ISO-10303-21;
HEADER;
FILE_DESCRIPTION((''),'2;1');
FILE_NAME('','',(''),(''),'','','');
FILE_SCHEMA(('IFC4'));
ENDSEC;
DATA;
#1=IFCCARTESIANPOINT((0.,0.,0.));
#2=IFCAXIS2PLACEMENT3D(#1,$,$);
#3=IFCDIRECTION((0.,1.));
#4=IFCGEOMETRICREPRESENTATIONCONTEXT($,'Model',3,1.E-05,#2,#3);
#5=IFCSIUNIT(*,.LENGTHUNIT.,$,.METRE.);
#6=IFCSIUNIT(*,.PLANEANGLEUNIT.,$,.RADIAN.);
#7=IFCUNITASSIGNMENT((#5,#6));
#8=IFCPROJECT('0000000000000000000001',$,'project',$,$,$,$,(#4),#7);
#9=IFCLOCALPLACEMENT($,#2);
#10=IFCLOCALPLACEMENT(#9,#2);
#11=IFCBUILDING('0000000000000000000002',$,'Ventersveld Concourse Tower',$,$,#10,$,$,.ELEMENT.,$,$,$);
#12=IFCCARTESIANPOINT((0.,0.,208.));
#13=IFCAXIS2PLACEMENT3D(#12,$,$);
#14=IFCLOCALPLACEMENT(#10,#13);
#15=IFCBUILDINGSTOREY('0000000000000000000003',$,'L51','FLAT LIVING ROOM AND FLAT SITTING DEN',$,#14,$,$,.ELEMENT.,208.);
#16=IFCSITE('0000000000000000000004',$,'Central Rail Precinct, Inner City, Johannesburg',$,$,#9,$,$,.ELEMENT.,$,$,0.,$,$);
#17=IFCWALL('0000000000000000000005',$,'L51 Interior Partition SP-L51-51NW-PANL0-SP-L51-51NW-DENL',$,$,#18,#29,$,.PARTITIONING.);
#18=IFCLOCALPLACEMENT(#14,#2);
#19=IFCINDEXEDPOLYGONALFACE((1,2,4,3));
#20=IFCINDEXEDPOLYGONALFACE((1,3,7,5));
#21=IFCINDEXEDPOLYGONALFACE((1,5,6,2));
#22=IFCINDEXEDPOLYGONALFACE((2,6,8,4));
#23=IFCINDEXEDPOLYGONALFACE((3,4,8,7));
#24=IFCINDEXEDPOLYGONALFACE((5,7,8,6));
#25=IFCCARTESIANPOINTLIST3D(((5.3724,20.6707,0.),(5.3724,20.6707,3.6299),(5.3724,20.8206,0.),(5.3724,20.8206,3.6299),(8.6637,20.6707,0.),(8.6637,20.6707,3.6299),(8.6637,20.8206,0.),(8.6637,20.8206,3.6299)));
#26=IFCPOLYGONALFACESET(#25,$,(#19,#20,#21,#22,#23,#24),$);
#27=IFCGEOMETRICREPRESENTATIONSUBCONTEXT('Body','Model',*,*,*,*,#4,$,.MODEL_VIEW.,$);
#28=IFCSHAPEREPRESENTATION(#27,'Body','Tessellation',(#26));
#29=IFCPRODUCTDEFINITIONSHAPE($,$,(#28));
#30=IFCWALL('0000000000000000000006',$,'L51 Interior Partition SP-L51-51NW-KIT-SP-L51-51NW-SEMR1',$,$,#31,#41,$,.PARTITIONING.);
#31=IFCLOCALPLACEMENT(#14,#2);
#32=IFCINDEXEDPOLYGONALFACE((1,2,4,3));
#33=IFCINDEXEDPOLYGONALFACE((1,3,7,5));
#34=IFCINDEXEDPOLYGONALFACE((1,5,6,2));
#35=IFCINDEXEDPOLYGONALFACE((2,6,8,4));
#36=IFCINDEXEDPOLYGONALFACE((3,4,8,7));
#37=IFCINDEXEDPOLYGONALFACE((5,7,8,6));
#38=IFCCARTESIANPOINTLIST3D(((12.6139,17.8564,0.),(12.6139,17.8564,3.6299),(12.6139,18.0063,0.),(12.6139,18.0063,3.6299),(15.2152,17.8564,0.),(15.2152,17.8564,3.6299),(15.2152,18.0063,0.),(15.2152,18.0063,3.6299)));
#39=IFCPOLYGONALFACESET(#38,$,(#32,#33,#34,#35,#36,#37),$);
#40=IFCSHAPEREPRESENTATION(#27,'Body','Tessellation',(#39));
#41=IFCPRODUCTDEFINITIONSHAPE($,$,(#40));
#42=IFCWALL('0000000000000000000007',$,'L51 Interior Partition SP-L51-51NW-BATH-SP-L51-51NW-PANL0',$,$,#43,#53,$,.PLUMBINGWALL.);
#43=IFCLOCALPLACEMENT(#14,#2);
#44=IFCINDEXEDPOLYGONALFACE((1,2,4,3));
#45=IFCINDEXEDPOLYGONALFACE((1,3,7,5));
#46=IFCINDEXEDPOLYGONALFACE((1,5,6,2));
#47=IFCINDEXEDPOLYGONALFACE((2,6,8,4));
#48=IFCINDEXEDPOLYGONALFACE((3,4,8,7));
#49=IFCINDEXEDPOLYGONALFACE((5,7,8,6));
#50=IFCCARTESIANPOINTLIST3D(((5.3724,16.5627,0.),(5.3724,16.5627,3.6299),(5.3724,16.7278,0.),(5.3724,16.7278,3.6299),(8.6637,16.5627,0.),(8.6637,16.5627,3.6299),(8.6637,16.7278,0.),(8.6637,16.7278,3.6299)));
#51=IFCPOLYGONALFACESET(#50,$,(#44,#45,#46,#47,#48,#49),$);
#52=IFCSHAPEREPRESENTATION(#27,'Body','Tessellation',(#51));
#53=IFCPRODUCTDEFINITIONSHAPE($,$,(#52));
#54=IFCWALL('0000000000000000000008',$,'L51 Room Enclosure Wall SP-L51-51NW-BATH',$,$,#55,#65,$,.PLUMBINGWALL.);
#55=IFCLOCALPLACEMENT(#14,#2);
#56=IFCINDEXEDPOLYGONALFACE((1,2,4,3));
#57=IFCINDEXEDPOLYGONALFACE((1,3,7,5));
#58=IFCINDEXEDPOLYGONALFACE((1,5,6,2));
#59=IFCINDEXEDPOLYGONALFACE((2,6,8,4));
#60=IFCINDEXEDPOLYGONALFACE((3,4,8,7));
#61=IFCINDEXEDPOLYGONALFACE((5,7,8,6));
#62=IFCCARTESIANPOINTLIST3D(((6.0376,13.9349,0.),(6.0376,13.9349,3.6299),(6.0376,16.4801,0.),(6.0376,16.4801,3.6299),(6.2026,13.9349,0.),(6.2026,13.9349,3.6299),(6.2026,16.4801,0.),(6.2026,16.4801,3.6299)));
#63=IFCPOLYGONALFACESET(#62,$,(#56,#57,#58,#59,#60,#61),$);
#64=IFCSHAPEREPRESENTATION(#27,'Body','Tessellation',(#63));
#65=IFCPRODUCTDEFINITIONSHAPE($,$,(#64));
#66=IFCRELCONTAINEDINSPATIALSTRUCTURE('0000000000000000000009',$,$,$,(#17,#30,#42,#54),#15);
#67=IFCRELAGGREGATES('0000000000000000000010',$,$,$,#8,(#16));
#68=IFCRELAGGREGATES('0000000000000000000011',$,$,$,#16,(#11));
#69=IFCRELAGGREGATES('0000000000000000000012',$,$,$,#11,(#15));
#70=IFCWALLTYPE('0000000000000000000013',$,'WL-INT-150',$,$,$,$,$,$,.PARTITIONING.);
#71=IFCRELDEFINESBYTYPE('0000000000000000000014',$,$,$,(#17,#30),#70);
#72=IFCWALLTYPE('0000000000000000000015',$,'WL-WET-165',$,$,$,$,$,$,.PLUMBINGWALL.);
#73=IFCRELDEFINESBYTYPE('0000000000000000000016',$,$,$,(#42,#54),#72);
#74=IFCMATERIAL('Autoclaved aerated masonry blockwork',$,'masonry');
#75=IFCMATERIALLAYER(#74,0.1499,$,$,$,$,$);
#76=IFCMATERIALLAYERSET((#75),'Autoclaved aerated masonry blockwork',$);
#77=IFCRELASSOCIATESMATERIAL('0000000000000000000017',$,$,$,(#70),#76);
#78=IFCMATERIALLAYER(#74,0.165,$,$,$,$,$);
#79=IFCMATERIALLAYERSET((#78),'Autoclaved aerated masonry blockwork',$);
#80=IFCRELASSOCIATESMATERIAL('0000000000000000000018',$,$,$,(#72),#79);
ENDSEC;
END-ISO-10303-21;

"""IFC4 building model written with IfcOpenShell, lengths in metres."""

from ifc_helpers import new_model, si_unit, direction, frame, frame_2d, origin, place, context, subcontext, project, spatial, rectangle, extrude, material, layer, layer_set, type_object, element, save


model = new_model("IFC4")

# Units and contexts
model_context = context("Model", 3, precision=1e-05, world=origin(), true_north=direction((0.0, 1.0)))
body_context = subcontext(model_context, "Body", "Model", "MODEL_VIEW")
ifc_project = project(units=[si_unit("LENGTHUNIT", "METRE"), si_unit("PLANEANGLEUNIT", "RADIAN")], contexts=[model_context])

# Site, building, storey
site_placement = place(None, origin())
site = spatial("IfcSite", under=ifc_project, at=site_placement, Name="Central Rail Precinct, Inner City, Johannesburg", CompositionType="ELEMENT", RefElevation=0.0)
building_placement = place(site_placement, origin())
building = spatial("IfcBuilding", under=site, at=building_placement, Name="Ventersveld Concourse Tower", CompositionType="ELEMENT")
storey_placement = place(building_placement, frame((0.0, 0.0, 208.0)))
storey = spatial("IfcBuildingStorey", under=building, at=storey_placement, Name="L51", Description="FLAT LIVING ROOM AND FLAT SITTING DEN", CompositionType="ELEMENT", Elevation=208.0)

# Shared definitions
ifc_material_1 = material(Name="Autoclaved aerated masonry blockwork", Category="masonry")
ifc_layer_1 = layer(ifc_material_1, 0.1499)
ifc_layer_set_1 = layer_set([ifc_layer_1], Name="Autoclaved aerated masonry blockwork")
wall_type_1 = type_object("IfcWallType", Name="WL-INT-150", PredefinedType="PARTITIONING", material=ifc_layer_set_1)

# Walls
wall_1_placement = place(storey_placement, frame((5.3726, 20.7456, 0.0), z_axis=(0.0, 0.0, 1.0), x_axis=(1.0, 0.0, 0.0)))
element("IfcWall", 1, at=wall_1_placement, inside=storey, type_object=wall_type_1, Name="L51 Interior Partition SP-L51-51NW-PANL0-SP-L51-51NW-DENL", PredefinedType="PARTITIONING", context=body_context, shape_type="SweptSolid", body=[
    extrude(rectangle(XDim=3.2913, YDim=0.1499, at=frame_2d((1.6455, 0.0))), origin(), (0.0, 0.0, 1.0), 3.6299),
])
wall_2_placement = place(storey_placement, frame((12.6138, 17.9314, 0.0), z_axis=(0.0, 0.0, 1.0), x_axis=(1.0, 0.0, 0.0)))
element("IfcWall", 2, at=wall_2_placement, inside=storey, type_object=wall_type_1, Name="L51 Interior Partition SP-L51-51NW-KIT-SP-L51-51NW-SEMR1", PredefinedType="PARTITIONING", context=body_context, shape_type="SweptSolid", body=[
    extrude(rectangle(XDim=2.6013, YDim=0.1499, at=frame_2d((1.3008, 0.0))), origin(), (0.0, 0.0, 1.0), 3.6299),
])
ifc_layer_2 = layer(ifc_material_1, 0.165)
ifc_layer_set_2 = layer_set([ifc_layer_2], Name="Autoclaved aerated masonry blockwork")
wall_type_2 = type_object("IfcWallType", Name="WL-WET-165", PredefinedType="PLUMBINGWALL", material=ifc_layer_set_2)
wall_3_placement = place(storey_placement, frame((5.3726, 16.6453, 0.0), z_axis=(0.0, 0.0, 1.0), x_axis=(1.0, 0.0, 0.0)))
element("IfcWall", 3, at=wall_3_placement, inside=storey, type_object=wall_type_2, Name="L51 Interior Partition SP-L51-51NW-BATH-SP-L51-51NW-PANL0", PredefinedType="PLUMBINGWALL", context=body_context, shape_type="SweptSolid", body=[
    extrude(rectangle(XDim=3.2913, YDim=0.165, at=frame_2d((1.6455, 0.0))), origin(), (0.0, 0.0, 1.0), 3.6299),
])
wall_4_placement = place(storey_placement, frame((6.1201, 13.9351, 0.0), z_axis=(0.0, 0.0, 1.0), x_axis=(0.0, 1.0, 0.0)))
element("IfcWall", 4, at=wall_4_placement, inside=storey, type_object=wall_type_2, Name="L51 Room Enclosure Wall SP-L51-51NW-BATH", PredefinedType="PLUMBINGWALL", context=body_context, shape_type="SweptSolid", body=[
    extrude(rectangle(XDim=2.5452, YDim=0.165, at=frame_2d((1.2725, 0.0))), origin(), (0.0, 0.0, 1.0), 3.6299),
])

save(model, "model.ifc")
